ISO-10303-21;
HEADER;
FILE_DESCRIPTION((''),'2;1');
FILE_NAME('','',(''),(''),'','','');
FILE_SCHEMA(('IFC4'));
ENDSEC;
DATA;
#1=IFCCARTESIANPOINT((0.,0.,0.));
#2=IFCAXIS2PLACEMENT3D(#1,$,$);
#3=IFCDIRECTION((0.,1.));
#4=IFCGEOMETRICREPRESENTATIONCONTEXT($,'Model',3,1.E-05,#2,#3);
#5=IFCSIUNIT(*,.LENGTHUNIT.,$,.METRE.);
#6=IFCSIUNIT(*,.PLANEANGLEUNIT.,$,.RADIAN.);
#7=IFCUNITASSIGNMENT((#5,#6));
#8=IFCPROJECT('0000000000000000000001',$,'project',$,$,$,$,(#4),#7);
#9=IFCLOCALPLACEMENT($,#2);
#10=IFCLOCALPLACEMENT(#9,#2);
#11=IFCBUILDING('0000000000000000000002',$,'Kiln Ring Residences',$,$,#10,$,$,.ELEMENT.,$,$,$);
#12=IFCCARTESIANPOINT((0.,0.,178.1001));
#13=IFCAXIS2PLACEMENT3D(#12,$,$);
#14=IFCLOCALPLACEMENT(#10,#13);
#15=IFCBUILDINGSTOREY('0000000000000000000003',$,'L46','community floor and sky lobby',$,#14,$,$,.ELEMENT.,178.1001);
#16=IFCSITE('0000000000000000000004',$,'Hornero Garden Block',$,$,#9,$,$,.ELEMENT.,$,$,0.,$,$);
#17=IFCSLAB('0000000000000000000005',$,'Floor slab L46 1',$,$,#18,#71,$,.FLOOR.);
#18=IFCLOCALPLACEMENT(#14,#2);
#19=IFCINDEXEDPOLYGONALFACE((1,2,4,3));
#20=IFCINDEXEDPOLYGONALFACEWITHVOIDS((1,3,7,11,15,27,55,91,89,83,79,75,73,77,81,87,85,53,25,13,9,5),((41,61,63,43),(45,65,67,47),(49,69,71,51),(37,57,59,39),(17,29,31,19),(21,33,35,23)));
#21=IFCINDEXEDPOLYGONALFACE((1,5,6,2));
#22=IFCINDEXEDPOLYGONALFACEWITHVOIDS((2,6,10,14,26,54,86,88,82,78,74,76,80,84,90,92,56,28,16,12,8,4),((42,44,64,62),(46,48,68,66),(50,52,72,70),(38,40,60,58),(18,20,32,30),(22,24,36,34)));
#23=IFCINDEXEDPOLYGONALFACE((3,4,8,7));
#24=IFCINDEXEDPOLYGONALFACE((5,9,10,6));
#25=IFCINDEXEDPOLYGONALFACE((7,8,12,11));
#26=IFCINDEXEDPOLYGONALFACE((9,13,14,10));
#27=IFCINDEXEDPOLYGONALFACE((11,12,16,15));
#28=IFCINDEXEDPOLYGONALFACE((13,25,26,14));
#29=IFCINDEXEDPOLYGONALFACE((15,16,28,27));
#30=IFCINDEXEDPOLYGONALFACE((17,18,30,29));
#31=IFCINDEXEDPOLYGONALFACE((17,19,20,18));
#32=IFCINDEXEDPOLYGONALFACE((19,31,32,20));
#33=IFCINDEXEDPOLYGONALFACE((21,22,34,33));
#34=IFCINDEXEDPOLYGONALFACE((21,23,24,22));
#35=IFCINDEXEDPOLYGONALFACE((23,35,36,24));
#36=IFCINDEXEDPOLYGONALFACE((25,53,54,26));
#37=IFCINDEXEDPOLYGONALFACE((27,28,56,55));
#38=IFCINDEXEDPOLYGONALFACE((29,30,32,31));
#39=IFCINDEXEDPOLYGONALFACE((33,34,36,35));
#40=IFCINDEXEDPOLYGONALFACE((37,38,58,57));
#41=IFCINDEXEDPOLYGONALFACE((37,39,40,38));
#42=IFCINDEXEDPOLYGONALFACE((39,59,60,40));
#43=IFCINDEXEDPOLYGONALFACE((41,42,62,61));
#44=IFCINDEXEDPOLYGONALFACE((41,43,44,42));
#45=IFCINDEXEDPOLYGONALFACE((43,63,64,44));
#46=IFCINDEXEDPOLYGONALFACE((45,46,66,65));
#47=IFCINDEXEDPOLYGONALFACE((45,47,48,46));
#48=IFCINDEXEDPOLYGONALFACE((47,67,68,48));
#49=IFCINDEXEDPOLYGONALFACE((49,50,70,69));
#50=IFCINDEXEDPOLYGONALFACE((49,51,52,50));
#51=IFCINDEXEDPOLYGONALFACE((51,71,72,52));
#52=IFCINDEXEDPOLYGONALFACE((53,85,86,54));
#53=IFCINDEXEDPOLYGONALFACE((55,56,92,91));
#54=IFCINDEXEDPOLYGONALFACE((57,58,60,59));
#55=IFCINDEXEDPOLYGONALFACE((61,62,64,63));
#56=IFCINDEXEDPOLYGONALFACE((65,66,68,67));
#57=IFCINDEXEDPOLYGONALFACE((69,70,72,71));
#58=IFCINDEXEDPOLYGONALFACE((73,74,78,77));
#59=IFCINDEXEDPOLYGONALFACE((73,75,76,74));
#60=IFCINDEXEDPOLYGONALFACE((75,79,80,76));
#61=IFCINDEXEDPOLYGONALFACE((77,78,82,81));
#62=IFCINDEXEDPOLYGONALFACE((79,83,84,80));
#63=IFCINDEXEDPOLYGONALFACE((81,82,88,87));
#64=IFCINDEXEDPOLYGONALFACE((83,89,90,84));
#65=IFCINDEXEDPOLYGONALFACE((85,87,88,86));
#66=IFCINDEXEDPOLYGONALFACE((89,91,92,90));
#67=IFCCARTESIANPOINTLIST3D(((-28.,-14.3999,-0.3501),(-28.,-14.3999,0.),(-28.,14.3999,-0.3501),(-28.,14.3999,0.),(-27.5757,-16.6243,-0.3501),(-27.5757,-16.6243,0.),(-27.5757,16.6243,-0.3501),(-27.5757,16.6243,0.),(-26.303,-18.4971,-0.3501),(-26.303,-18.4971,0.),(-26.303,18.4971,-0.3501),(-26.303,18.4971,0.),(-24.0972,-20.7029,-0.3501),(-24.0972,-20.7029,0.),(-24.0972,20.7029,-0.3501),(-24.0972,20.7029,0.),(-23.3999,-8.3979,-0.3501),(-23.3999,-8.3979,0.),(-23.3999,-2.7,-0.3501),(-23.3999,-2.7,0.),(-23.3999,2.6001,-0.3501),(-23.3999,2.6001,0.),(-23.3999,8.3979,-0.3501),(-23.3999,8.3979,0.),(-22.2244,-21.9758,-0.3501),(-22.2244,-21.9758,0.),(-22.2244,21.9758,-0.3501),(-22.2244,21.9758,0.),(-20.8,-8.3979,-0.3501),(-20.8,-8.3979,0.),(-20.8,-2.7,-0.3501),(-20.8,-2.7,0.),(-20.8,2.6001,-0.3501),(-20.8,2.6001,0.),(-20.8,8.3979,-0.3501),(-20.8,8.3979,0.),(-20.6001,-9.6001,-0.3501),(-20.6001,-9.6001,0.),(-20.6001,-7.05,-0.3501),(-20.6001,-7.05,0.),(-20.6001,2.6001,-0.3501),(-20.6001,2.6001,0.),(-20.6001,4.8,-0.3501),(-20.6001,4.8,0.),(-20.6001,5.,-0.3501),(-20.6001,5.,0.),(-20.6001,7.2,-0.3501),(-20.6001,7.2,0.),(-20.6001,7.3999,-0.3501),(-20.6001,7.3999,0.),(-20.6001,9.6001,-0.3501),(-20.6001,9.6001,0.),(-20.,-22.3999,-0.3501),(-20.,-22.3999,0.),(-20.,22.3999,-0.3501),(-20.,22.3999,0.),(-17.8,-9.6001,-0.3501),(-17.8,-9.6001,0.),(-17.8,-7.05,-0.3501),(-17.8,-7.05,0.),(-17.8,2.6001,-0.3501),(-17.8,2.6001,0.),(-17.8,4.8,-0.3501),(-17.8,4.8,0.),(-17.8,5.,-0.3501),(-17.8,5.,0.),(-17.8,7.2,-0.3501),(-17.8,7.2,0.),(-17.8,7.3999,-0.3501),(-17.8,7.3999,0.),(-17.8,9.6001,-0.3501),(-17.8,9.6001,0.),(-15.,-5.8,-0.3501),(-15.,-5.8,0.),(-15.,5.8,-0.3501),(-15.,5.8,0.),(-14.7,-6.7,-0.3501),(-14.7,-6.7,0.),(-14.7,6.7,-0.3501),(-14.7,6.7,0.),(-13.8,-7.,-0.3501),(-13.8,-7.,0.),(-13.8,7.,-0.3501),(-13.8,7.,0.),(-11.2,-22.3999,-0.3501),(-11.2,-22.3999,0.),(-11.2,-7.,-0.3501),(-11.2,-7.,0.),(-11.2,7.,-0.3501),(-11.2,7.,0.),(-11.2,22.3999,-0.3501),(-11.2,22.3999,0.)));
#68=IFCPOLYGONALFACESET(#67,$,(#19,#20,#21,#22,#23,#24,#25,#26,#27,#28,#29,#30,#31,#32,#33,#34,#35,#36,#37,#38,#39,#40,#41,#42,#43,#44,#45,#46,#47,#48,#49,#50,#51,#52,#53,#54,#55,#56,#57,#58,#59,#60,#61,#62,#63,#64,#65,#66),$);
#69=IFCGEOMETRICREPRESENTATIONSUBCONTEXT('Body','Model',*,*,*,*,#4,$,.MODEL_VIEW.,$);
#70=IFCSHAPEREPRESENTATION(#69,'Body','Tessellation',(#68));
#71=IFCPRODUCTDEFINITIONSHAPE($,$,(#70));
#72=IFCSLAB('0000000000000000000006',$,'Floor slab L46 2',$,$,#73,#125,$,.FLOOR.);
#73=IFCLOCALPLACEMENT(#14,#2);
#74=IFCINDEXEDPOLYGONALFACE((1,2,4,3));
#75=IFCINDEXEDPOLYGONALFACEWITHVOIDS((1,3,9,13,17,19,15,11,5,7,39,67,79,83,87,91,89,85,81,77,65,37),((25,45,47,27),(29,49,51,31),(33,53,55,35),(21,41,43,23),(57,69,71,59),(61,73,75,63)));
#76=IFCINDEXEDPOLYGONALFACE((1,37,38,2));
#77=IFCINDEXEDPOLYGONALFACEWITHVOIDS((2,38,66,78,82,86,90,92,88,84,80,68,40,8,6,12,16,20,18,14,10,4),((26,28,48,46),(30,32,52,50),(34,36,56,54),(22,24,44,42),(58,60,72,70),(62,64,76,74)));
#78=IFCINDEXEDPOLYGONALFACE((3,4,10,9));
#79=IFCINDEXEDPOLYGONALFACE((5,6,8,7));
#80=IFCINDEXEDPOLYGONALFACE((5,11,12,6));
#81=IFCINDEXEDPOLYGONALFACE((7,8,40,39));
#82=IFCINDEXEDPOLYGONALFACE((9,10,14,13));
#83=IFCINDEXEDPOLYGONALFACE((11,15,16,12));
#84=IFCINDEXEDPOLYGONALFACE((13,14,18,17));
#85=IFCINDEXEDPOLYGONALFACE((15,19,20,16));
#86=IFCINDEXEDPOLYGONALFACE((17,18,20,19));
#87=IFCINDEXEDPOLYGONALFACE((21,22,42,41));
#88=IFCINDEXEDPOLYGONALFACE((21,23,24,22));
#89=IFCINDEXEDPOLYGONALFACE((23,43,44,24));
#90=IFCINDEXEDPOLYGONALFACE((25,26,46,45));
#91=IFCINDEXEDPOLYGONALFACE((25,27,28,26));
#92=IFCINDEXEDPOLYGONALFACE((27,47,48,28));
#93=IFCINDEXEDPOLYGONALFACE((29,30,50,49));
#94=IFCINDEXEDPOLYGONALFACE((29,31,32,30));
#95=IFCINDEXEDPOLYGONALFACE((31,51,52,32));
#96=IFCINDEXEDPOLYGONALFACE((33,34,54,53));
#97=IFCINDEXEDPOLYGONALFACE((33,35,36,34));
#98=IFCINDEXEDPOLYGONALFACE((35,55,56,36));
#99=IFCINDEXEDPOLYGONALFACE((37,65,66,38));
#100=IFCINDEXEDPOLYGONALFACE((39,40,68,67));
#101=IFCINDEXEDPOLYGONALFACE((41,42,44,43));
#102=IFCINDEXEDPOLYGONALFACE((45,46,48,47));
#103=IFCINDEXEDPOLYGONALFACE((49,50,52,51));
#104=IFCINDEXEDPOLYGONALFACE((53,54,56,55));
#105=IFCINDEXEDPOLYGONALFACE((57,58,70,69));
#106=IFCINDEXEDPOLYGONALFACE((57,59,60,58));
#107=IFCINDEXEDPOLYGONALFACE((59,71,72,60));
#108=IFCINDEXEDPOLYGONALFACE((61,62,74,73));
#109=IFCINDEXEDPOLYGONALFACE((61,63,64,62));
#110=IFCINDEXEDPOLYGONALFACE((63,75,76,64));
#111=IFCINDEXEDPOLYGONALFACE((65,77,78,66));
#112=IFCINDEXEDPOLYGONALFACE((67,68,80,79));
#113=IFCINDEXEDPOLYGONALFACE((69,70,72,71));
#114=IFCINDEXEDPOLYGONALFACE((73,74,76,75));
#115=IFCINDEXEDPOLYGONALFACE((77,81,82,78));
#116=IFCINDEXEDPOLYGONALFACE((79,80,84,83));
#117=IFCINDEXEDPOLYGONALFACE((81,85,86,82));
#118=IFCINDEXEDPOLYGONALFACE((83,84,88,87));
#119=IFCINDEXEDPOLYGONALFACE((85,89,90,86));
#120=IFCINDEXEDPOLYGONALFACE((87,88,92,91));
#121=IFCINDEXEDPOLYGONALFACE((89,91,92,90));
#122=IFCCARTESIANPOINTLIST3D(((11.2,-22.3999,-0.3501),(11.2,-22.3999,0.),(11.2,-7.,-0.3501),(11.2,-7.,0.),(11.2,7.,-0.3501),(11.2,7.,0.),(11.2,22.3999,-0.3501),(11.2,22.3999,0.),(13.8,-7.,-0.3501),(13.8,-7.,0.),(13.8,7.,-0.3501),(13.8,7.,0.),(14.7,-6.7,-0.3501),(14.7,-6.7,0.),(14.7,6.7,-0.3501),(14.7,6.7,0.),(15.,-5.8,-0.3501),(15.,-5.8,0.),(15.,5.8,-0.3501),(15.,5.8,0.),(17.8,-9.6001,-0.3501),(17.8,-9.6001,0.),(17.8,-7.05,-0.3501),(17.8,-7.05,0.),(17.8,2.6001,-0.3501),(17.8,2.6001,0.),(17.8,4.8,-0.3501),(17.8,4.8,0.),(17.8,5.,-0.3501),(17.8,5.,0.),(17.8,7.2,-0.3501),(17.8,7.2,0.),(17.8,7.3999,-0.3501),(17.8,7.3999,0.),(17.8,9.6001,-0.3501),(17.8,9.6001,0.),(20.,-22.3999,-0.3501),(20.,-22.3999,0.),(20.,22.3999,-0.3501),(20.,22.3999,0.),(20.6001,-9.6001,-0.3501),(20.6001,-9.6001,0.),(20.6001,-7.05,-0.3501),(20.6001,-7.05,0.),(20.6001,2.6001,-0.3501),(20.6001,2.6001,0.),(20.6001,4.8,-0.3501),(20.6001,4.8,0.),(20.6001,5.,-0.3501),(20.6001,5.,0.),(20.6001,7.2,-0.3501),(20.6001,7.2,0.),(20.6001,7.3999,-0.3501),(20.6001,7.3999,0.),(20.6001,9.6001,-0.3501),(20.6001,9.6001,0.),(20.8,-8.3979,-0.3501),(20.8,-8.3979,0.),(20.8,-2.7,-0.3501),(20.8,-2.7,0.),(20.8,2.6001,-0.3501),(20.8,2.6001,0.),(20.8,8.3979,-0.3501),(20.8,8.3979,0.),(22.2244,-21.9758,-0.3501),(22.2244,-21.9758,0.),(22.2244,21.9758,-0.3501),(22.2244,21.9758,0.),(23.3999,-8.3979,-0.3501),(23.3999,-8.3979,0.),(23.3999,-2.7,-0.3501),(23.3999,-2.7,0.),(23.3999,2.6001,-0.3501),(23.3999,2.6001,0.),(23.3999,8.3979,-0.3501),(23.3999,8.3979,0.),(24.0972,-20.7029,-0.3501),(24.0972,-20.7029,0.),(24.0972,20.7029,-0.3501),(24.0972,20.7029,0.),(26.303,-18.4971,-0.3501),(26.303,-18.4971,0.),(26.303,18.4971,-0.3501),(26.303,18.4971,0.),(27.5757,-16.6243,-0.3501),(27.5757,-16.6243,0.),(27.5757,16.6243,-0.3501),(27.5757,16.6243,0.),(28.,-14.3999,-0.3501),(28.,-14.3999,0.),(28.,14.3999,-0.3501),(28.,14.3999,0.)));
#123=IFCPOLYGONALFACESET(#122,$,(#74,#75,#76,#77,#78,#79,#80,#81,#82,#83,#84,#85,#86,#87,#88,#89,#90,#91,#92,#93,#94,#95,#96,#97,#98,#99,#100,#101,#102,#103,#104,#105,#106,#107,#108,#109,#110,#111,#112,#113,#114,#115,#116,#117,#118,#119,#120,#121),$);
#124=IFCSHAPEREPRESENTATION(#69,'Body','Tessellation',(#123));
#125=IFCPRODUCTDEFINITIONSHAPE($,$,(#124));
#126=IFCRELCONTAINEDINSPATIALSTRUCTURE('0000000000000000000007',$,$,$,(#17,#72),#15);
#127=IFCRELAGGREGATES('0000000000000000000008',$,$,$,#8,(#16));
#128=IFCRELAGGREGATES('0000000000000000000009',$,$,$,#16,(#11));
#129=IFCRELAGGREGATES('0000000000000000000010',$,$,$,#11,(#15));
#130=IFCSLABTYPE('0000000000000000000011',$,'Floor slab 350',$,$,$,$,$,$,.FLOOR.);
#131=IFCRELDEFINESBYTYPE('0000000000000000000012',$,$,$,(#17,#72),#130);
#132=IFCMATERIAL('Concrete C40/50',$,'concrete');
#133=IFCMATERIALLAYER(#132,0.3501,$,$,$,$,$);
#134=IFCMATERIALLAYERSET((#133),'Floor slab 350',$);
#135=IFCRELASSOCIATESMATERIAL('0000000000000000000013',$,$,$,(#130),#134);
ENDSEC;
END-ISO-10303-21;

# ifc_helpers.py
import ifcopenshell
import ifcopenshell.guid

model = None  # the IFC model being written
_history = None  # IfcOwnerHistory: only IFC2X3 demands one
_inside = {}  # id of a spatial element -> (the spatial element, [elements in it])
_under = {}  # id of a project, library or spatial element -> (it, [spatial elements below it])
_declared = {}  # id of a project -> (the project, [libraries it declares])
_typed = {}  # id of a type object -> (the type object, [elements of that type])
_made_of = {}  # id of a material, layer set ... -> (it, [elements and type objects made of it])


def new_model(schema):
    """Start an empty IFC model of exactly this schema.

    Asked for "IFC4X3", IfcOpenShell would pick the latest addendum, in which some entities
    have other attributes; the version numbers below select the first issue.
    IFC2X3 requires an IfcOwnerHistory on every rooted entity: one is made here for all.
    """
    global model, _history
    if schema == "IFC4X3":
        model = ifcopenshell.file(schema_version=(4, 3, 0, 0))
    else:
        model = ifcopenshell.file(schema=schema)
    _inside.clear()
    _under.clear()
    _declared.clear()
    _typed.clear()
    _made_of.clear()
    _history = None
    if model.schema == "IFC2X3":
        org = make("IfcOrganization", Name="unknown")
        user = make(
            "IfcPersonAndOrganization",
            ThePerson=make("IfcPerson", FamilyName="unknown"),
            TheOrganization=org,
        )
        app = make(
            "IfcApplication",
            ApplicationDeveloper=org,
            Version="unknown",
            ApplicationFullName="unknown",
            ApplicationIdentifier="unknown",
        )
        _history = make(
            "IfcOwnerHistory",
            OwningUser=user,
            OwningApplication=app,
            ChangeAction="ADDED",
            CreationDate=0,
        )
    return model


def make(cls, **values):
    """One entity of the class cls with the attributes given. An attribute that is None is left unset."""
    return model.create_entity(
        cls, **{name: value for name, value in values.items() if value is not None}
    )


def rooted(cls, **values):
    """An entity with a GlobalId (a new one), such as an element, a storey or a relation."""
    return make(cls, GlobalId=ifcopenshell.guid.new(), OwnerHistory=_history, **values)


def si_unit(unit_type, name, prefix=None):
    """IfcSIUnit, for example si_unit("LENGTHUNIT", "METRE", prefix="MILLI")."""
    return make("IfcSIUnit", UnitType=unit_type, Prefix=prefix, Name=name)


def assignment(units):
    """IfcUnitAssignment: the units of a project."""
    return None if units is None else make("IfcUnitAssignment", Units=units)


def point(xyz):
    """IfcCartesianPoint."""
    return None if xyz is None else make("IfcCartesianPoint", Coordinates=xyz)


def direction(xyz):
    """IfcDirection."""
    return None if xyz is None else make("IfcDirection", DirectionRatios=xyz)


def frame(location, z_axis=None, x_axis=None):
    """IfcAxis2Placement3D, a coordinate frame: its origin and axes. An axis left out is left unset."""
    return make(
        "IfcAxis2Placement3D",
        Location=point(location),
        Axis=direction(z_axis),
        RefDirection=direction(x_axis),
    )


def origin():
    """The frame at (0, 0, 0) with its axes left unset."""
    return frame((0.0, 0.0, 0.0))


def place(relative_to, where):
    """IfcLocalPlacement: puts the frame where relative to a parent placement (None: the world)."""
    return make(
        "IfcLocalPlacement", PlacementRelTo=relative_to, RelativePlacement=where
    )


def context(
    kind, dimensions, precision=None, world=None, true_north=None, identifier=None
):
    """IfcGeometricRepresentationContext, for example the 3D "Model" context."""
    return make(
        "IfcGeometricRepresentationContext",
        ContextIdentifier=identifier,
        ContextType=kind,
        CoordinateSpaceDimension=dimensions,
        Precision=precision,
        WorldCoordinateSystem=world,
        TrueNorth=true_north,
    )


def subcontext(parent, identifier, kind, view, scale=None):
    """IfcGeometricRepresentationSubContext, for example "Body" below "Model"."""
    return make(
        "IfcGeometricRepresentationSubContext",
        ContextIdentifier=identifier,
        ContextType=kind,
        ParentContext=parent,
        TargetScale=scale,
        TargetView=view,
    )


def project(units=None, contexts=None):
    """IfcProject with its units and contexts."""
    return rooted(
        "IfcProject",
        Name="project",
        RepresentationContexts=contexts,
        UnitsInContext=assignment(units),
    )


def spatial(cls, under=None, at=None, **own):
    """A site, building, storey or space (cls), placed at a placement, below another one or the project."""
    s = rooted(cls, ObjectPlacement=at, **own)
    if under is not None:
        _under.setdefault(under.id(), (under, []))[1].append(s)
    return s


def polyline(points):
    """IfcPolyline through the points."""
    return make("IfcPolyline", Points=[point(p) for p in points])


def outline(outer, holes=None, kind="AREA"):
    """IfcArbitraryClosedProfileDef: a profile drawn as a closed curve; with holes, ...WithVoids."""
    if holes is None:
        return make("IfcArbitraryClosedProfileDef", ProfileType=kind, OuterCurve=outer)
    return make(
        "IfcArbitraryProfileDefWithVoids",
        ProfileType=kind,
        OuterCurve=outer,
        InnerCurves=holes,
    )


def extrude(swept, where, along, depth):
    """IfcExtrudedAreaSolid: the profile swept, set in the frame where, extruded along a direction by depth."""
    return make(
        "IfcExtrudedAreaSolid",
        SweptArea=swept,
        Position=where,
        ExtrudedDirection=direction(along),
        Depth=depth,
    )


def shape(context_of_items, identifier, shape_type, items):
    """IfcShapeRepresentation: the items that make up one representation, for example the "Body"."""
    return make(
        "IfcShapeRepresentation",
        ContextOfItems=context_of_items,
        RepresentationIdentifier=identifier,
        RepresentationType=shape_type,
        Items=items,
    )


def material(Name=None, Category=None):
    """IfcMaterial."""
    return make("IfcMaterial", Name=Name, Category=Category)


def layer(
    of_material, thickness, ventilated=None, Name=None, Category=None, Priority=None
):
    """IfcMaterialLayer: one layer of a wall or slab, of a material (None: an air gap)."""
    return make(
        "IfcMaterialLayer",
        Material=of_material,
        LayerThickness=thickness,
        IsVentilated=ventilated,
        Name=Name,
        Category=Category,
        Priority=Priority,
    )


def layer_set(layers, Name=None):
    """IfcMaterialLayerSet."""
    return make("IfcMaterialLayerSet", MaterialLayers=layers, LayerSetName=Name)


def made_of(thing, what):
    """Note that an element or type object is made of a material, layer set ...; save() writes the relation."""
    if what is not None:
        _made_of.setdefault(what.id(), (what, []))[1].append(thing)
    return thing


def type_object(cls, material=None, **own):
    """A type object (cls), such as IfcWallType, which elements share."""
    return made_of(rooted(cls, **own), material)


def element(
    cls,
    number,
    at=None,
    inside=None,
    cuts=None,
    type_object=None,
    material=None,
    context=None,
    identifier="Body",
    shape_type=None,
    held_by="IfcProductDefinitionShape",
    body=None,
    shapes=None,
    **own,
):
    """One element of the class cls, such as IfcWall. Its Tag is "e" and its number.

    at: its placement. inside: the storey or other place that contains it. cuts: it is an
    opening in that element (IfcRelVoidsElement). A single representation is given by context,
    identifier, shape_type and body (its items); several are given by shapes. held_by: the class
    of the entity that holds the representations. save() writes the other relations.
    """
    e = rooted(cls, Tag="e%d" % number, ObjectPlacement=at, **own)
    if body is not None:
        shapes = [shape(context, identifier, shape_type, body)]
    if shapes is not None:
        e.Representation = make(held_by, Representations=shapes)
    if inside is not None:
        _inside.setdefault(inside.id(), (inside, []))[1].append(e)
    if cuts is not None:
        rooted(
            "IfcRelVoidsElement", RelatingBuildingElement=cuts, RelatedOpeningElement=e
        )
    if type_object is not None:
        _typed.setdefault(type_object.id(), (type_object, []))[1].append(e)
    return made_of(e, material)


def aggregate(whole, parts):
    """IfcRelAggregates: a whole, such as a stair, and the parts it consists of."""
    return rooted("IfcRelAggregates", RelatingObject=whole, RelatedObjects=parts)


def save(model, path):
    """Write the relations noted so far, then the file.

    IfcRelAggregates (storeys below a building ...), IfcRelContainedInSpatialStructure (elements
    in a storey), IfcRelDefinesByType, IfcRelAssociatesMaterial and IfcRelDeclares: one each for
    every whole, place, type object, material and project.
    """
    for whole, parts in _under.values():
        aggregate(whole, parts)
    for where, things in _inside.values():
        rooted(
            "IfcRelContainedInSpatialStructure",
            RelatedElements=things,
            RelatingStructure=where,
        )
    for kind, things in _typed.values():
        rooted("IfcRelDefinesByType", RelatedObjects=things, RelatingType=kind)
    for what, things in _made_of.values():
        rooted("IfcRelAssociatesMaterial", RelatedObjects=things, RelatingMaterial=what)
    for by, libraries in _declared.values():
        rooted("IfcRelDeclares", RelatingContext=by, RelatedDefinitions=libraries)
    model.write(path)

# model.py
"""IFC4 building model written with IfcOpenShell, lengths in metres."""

from ifc_helpers import new_model, si_unit, direction, frame, origin, place, context, subcontext, project, spatial, polyline, outline, extrude, material, layer, layer_set, type_object, element, save


model = new_model("IFC4")

# Units and contexts
model_context = context("Model", 3, precision=1e-05, world=origin(), true_north=direction((0.0, 1.0)))
body_context = subcontext(model_context, "Body", "Model", "MODEL_VIEW")
ifc_project = project(units=[si_unit("LENGTHUNIT", "METRE"), si_unit("PLANEANGLEUNIT", "RADIAN")], contexts=[model_context])

# Site, building, storey
site_placement = place(None, origin())
site = spatial("IfcSite", under=ifc_project, at=site_placement, Name="Hornero Garden Block", CompositionType="ELEMENT", RefElevation=0.0)
building_placement = place(site_placement, origin())
building = spatial("IfcBuilding", under=site, at=building_placement, Name="Kiln Ring Residences", CompositionType="ELEMENT")
storey_placement = place(building_placement, frame((0.0, 0.0, 178.1001)))
storey = spatial("IfcBuildingStorey", under=building, at=storey_placement, Name="L46", Description="community floor and sky lobby", CompositionType="ELEMENT", Elevation=178.1001)

# Slabs
ifc_material_1 = material(Name="Concrete C40/50", Category="concrete")
ifc_layer_1 = layer(ifc_material_1, 0.3501)
ifc_layer_set_1 = layer_set([ifc_layer_1], Name="Floor slab 350")
slab_type = type_object("IfcSlabType", Name="Floor slab 350", PredefinedType="FLOOR", material=ifc_layer_set_1)
placement_1 = place(storey_placement, frame((0.0, 0.0, -0.3501)))
element("IfcSlab", 1, at=placement_1, inside=storey, type_object=slab_type, Name="Floor slab L46 1", PredefinedType="FLOOR", context=body_context, shape_type="SweptSolid", body=[
    extrude(outline(polyline([(-28.0, -14.3999), (-27.5757, -16.6243), (-26.303, -18.4971), (-24.0972, -20.7029), (-22.2244, -21.9758), (-20.0, -22.3999), (-11.2, -22.3999), (-11.2, -7.0), (-13.8, -7.0), (-14.7, -6.7), (-15.0, -5.8), (-15.0, 5.8), (-14.7, 6.7), (-13.8, 7.0), (-11.2, 7.0), (-11.2, 22.3999), (-20.0, 22.3999), (-22.2244, 21.9758), (-24.0972, 20.7029), (-26.303, 18.4971), (-27.5757, 16.6243), (-28.0, 14.3999), (-28.0, -14.3999)]), holes=[polyline([(-17.8, -7.05), (-17.8, -9.6001), (-20.6001, -9.6001), (-20.6001, -7.05), (-17.8, -7.05)]), polyline([(-17.8, 2.6001), (-20.6001, 2.6001), (-20.6001, 4.8), (-17.8, 4.8), (-17.8, 2.6001)]), polyline([(-17.8, 5.0), (-20.6001, 5.0), (-20.6001, 7.2), (-17.8, 7.2), (-17.8, 5.0)]), polyline([(-17.8, 7.3999), (-20.6001, 7.3999), (-20.6001, 9.6001), (-17.8, 9.6001), (-17.8, 7.3999)]), polyline([(-20.8, -8.3979), (-23.3999, -8.3979), (-23.3999, -2.7), (-20.8, -2.7), (-20.8, -8.3979)]), polyline([(-20.8, 8.3979), (-20.8, 2.6001), (-23.3999, 2.6001), (-23.3999, 8.3979), (-20.8, 8.3979)])]), origin(), (0.0, 0.0, 1.0), 0.3501),
])
element("IfcSlab", 2, at=placement_1, inside=storey, type_object=slab_type, Name="Floor slab L46 2", PredefinedType="FLOOR", context=body_context, shape_type="SweptSolid", body=[
    extrude(outline(polyline([(13.8, -7.0), (11.2, -7.0), (11.2, -22.3999), (20.0, -22.3999), (22.2244, -21.9758), (24.0972, -20.7029), (26.303, -18.4971), (27.5757, -16.6243), (28.0, -14.3999), (28.0, 14.3999), (27.5757, 16.6243), (26.303, 18.4971), (24.0972, 20.7029), (22.2244, 21.9758), (20.0, 22.3999), (11.2, 22.3999), (11.2, 7.0), (13.8, 7.0), (14.7, 6.7), (15.0, 5.8), (15.0, -5.8), (14.7, -6.7), (13.8, -7.0)]), holes=[polyline([(20.8, -8.3979), (20.8, -2.7), (23.3999, -2.7), (23.3999, -8.3979), (20.8, -8.3979)]), polyline([(23.3999, 2.6001), (20.8, 2.6001), (20.8, 8.3979), (23.3999, 8.3979), (23.3999, 2.6001)]), polyline([(17.8, 2.6001), (17.8, 4.8), (20.6001, 4.8), (20.6001, 2.6001), (17.8, 2.6001)]), polyline([(17.8, 5.0), (17.8, 7.2), (20.6001, 7.2), (20.6001, 5.0), (17.8, 5.0)]), polyline([(17.8, 7.3999), (17.8, 9.6001), (20.6001, 9.6001), (20.6001, 7.3999), (17.8, 7.3999)]), polyline([(20.6001, -9.6001), (17.8, -9.6001), (17.8, -7.05), (20.6001, -7.05), (20.6001, -9.6001)])]), origin(), (0.0, 0.0, 1.0), 0.3501),
])

save(model, "model.ifc")
